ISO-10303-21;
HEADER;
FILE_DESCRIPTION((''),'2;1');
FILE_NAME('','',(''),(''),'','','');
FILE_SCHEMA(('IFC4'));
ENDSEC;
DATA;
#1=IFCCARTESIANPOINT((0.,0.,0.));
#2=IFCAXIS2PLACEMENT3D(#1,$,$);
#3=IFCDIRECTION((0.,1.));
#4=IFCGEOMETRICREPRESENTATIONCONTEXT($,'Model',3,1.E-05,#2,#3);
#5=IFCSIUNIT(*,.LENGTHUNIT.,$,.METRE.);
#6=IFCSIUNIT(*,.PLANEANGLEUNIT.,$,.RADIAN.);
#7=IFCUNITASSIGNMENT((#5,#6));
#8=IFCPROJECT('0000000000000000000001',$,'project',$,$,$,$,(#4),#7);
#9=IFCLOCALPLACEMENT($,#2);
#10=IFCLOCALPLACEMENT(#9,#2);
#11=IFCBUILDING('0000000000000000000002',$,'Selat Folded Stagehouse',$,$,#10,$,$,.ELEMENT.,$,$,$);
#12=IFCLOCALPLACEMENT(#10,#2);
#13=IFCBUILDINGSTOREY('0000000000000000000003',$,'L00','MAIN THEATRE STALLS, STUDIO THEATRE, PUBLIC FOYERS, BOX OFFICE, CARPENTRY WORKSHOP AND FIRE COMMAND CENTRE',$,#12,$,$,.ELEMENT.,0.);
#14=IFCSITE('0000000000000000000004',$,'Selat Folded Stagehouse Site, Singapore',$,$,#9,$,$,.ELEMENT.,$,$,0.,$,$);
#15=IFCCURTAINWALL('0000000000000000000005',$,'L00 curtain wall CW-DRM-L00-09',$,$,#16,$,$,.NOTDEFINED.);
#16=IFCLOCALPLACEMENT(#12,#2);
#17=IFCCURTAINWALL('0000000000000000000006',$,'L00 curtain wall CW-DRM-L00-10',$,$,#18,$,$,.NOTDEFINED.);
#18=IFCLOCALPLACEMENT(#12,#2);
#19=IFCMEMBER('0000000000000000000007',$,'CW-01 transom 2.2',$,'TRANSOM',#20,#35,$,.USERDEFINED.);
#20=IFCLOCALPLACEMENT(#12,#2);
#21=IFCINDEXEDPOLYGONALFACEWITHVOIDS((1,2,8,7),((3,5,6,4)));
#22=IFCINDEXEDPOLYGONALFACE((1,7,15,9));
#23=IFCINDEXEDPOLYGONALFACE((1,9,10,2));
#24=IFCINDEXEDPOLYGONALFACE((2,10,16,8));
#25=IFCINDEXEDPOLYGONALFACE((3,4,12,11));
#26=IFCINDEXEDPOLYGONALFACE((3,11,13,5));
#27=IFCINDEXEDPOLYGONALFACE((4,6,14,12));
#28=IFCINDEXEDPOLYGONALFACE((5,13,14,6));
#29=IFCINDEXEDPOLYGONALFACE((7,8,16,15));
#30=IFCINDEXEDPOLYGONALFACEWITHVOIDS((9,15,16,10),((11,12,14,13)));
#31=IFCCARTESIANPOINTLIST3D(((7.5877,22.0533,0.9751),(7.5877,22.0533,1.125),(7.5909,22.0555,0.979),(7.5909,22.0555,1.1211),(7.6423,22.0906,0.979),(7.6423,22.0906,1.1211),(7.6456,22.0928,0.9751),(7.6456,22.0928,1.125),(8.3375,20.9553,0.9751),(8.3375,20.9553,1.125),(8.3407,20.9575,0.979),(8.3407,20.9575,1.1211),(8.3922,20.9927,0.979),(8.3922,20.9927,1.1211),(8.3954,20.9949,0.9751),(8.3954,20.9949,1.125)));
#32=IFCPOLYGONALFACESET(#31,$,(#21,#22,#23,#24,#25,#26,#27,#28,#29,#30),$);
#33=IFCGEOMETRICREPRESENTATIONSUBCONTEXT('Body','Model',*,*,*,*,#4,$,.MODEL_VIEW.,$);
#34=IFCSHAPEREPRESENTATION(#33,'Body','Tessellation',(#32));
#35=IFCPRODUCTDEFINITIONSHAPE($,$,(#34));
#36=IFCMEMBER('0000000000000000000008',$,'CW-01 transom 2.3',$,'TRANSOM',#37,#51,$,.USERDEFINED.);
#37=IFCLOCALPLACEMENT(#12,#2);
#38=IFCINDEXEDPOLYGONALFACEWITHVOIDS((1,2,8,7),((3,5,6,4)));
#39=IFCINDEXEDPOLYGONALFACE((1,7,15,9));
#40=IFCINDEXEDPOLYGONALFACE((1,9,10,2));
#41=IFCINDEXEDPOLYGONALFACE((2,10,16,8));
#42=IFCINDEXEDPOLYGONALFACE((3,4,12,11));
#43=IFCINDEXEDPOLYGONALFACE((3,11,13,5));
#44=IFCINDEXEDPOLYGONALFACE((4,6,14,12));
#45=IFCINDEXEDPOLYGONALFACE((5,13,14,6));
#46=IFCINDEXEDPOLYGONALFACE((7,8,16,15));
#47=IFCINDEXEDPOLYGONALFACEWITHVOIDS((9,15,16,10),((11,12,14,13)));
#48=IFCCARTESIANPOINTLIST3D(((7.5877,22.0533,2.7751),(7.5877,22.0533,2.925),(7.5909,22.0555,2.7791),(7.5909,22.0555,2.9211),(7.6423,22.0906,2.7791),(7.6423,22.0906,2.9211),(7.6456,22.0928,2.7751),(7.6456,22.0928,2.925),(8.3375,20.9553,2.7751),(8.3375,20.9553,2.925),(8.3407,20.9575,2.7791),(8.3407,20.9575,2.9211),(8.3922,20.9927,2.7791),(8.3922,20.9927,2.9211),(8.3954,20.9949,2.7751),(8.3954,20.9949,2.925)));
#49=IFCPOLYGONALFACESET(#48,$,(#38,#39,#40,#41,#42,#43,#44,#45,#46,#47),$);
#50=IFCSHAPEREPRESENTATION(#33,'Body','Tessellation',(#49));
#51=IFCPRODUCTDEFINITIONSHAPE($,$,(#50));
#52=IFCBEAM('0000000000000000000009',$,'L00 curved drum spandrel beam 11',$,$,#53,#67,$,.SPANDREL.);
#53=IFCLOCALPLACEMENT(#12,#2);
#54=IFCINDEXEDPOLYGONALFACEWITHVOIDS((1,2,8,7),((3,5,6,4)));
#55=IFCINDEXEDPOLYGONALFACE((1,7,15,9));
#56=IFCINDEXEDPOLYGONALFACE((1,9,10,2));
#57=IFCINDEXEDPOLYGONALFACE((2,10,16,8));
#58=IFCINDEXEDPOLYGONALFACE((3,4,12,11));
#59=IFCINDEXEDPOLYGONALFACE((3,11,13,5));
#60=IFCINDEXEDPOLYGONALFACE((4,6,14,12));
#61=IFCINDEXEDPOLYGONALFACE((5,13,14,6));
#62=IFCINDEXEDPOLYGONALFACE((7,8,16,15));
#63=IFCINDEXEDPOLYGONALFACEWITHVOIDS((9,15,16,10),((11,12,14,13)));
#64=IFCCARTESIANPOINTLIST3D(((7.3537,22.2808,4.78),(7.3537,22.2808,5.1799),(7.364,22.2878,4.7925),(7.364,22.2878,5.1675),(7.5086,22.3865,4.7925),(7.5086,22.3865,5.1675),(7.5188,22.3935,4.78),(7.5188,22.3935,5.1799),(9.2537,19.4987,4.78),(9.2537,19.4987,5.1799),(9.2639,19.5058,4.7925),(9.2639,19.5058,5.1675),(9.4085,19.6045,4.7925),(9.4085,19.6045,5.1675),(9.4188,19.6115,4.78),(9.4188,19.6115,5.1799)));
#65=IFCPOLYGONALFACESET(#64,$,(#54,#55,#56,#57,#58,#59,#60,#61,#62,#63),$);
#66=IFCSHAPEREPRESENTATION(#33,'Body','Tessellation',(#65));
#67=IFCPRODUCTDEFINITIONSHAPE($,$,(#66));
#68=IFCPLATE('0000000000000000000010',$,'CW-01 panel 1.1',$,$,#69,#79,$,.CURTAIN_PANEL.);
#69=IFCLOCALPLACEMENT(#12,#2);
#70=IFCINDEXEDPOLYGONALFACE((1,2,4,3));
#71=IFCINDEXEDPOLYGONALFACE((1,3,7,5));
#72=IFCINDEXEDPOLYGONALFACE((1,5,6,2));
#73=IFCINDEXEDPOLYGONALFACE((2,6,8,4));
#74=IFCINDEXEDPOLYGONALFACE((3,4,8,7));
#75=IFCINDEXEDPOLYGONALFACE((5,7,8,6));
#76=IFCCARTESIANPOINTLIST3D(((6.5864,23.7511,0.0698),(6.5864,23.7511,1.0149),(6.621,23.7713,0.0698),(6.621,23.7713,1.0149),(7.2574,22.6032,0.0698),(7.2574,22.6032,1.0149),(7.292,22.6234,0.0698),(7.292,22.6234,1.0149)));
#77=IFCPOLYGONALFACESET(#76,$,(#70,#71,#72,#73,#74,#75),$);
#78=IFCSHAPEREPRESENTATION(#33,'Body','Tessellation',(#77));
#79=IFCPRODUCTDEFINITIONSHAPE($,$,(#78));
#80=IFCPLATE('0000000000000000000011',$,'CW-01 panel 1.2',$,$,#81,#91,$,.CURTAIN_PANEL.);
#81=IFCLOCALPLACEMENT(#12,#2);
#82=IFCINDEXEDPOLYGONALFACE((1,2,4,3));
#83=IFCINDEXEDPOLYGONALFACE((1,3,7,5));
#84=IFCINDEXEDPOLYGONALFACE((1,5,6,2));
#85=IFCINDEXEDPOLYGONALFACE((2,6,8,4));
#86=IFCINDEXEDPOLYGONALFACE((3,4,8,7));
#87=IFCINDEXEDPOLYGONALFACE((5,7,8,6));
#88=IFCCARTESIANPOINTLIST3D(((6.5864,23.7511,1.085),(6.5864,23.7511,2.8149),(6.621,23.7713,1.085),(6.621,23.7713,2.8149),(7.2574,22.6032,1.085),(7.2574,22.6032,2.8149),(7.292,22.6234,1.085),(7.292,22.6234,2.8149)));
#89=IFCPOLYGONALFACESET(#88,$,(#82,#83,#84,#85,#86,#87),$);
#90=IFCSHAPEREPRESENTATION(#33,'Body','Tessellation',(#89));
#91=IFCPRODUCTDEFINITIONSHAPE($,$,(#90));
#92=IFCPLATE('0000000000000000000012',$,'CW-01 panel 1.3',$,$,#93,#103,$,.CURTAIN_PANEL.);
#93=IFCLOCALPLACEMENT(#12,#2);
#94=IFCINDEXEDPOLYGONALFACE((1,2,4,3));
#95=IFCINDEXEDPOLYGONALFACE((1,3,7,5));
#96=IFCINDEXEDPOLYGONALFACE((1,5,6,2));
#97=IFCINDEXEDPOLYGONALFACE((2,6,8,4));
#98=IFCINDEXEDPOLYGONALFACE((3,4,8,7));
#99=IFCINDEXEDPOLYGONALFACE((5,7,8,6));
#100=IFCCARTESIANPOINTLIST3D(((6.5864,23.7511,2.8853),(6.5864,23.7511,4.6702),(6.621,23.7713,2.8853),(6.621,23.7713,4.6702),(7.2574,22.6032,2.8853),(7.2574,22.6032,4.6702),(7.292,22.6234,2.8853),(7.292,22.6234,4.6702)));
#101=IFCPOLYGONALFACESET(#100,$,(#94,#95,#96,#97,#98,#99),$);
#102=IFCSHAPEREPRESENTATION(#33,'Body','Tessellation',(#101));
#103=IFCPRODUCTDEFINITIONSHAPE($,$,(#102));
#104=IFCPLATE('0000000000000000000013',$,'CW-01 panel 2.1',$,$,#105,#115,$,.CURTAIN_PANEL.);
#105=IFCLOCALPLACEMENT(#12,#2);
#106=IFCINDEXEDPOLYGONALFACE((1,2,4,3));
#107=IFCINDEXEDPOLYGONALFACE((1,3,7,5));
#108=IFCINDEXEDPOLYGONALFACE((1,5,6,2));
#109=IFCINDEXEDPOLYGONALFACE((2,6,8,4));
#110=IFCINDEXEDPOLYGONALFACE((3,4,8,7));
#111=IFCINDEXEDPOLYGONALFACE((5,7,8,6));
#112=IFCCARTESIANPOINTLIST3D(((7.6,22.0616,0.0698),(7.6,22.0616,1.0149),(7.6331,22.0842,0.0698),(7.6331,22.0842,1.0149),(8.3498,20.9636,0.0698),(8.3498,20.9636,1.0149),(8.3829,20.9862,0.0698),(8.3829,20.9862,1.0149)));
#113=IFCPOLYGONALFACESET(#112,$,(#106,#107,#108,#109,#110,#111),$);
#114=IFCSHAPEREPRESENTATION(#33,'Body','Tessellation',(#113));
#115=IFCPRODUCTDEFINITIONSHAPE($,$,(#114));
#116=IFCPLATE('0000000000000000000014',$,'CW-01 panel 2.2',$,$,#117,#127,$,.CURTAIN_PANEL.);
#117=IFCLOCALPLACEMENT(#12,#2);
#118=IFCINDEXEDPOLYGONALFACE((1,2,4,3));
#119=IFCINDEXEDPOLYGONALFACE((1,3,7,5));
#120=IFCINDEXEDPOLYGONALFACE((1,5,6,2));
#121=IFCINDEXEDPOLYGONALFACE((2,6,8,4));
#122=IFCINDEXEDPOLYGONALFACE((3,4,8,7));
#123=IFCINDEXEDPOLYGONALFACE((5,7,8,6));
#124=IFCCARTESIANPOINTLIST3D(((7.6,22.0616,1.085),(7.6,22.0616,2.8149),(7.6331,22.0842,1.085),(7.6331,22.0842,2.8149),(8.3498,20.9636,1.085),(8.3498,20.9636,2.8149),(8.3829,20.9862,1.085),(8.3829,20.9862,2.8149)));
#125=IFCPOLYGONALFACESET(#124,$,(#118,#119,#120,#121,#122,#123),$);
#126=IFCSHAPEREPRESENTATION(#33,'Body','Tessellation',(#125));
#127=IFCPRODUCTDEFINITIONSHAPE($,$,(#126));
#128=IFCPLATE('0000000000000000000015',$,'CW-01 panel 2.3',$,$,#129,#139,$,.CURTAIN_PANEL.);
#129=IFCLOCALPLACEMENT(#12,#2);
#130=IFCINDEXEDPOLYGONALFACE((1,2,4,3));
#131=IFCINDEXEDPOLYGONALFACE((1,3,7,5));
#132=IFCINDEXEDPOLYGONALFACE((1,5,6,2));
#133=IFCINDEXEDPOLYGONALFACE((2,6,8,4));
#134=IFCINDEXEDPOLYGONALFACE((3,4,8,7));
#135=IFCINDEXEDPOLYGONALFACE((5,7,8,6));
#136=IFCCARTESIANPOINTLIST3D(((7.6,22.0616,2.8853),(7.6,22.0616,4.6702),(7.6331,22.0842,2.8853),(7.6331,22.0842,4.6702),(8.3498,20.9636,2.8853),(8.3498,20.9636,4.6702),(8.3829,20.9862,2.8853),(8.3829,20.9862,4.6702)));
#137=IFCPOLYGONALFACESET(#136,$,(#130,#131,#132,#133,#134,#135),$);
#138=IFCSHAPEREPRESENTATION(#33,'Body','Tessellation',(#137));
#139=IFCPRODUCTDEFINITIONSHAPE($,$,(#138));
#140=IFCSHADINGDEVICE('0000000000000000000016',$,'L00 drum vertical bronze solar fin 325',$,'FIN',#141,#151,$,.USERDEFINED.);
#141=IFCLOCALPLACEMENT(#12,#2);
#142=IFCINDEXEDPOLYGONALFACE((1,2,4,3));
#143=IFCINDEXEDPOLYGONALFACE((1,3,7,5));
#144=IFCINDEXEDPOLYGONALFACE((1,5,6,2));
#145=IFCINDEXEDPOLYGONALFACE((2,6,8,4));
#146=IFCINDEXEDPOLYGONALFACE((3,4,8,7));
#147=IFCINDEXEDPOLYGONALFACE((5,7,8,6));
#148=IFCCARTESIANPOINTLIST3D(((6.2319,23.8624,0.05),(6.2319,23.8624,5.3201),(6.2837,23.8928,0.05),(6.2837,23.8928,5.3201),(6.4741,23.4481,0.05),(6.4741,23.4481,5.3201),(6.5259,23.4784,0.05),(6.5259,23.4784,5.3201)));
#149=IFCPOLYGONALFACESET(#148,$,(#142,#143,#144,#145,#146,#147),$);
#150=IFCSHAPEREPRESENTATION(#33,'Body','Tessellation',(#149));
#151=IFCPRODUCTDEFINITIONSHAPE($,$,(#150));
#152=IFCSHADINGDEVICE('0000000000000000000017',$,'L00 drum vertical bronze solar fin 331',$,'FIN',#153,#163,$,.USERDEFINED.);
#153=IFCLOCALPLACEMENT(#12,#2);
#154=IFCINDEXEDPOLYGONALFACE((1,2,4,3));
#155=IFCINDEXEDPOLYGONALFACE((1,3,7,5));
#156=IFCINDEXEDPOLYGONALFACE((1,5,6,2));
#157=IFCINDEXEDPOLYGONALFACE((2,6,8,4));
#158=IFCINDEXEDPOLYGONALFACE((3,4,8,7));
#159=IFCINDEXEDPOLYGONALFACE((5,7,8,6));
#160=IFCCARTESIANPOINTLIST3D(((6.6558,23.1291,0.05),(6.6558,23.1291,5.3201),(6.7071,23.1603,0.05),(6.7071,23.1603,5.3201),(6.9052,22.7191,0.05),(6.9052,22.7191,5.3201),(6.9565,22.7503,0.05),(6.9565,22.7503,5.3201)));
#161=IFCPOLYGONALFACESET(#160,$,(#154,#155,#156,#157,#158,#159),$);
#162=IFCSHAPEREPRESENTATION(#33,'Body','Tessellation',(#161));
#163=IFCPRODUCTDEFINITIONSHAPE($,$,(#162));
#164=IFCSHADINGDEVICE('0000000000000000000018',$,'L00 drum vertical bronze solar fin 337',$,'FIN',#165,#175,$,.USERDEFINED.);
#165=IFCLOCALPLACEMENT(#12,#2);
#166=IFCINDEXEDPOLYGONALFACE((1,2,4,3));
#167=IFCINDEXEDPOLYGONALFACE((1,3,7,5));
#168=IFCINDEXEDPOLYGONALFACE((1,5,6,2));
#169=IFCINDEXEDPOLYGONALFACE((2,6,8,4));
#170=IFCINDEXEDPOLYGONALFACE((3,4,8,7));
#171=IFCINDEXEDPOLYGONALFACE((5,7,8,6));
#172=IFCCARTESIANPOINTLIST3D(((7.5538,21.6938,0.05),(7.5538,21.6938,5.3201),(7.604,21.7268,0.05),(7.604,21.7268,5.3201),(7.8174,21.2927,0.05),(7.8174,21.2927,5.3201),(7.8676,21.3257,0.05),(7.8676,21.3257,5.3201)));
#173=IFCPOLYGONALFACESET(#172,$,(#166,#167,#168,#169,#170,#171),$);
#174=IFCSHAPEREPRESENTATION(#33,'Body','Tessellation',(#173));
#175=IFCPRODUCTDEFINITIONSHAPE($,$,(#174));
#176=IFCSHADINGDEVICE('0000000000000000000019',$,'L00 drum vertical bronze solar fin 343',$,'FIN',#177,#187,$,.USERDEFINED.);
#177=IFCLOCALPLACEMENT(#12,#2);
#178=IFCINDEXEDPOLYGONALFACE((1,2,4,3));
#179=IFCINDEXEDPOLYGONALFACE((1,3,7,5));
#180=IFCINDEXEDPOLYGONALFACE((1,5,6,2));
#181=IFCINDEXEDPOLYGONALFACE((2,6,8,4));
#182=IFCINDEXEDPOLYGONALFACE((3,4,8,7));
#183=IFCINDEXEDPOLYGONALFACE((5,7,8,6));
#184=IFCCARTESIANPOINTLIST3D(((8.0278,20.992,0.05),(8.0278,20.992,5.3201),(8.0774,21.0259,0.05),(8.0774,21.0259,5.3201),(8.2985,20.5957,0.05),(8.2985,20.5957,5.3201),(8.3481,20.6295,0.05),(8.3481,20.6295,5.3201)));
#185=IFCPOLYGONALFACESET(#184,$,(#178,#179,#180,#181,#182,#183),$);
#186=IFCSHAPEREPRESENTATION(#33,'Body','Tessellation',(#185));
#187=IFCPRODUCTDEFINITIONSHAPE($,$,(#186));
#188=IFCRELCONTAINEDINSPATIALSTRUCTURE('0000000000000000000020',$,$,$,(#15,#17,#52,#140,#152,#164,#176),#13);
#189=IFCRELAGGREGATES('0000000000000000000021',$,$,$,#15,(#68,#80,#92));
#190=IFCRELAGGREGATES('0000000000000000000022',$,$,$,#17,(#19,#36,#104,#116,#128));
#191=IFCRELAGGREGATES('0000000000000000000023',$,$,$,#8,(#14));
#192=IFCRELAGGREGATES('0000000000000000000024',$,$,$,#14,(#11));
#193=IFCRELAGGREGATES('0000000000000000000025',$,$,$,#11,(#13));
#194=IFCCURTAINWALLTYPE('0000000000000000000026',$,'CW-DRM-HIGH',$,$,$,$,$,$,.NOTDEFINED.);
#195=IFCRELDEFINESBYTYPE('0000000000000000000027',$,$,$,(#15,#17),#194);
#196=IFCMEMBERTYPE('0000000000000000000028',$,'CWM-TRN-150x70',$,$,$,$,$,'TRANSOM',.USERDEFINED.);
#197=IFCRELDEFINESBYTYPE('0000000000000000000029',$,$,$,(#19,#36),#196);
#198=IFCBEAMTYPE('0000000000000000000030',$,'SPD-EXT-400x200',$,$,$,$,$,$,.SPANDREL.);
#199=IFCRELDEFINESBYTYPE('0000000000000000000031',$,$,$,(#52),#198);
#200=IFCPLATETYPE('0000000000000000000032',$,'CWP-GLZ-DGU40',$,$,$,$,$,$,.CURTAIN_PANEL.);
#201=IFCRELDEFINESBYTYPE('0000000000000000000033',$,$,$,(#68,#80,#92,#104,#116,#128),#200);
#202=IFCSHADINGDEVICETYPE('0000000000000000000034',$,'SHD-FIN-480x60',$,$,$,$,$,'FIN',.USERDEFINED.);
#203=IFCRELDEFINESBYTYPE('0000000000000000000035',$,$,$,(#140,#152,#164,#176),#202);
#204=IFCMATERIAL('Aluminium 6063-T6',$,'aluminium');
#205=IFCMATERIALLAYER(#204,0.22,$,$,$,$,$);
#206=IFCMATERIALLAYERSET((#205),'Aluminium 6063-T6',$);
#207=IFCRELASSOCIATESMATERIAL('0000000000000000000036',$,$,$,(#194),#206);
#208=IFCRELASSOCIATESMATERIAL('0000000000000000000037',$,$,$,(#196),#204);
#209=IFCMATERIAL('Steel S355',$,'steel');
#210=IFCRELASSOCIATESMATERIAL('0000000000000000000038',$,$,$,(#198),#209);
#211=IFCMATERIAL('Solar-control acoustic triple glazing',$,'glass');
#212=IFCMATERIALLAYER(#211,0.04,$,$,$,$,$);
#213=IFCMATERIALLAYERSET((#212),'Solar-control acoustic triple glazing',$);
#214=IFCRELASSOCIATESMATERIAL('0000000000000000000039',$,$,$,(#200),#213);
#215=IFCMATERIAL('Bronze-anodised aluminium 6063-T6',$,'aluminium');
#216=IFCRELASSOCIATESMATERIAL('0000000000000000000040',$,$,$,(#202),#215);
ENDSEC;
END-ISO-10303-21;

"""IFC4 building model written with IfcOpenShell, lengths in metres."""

from ifc_helpers import new_model, si_unit, direction, frame, origin, origin_2d, place, context, subcontext, project, spatial, rectangle, hollow_rectangle, extrude, material, layer, layer_set, material_profile, profile_set, type_object, element, aggregate, save


model = new_model("IFC4")

# Units and contexts
model_context = context("Model", 3, precision=1e-05, world=origin(), true_north=direction((0.0, 1.0)))
body_context = subcontext(model_context, "Body", "Model", "MODEL_VIEW")
ifc_project = project(units=[si_unit("LENGTHUNIT", "METRE"), si_unit("PLANEANGLEUNIT", "RADIAN")], contexts=[model_context])

# Site, building, storey
site_placement = place(None, origin())
site = spatial("IfcSite", under=ifc_project, at=site_placement, Name="Selat Folded Stagehouse Site, Singapore", CompositionType="ELEMENT", RefElevation=0.0)
building_placement = place(site_placement, origin())
building = spatial("IfcBuilding", under=site, at=building_placement, Name="Selat Folded Stagehouse", CompositionType="ELEMENT")
storey_placement = place(building_placement, origin())
storey = spatial("IfcBuildingStorey", under=building, at=storey_placement, Name="L00", Description="MAIN THEATRE STALLS, STUDIO THEATRE, PUBLIC FOYERS, BOX OFFICE, CARPENTRY WORKSHOP AND FIRE COMMAND CENTRE", CompositionType="ELEMENT", Elevation=0.0)

# Curtain wall
ifc_material_1 = material(Name="Aluminium 6063-T6", Category="aluminium")
ifc_layer_1 = layer(ifc_material_1, 0.22)
ifc_layer_set_1 = layer_set([ifc_layer_1], Name="Aluminium 6063-T6")
curtain_wall_type = type_object("IfcCurtainWallType", Name="CW-DRM-HIGH", PredefinedType="NOTDEFINED", material=ifc_layer_set_1)
curtain_wall_1_placement = place(storey_placement, origin())
curtain_wall_1 = element("IfcCurtainWall", 1, at=curtain_wall_1_placement, inside=storey, type_object=curtain_wall_type, Name="L00 curtain wall CW-DRM-L00-09", PredefinedType="NOTDEFINED")

# Curtain wall
curtain_wall_2_placement = place(storey_placement, origin())
curtain_wall_2 = element("IfcCurtainWall", 2, at=curtain_wall_2_placement, inside=storey, type_object=curtain_wall_type, Name="L00 curtain wall CW-DRM-L00-10", PredefinedType="NOTDEFINED")

# Members
ifc_material_profile_1 = material_profile(ifc_material_1, hollow_rectangle(XDim=0.0701, YDim=0.1499, WallThickness=0.0039, at=origin_2d()), Name="ALU 150x70x4.0")
ifc_profile_set_1 = profile_set([ifc_material_profile_1], Name="Aluminium 6063-T6")
member_type_1 = type_object("IfcMemberType", Name="CWM-TRN-150x70", ElementType="TRANSOM", PredefinedType="USERDEFINED", material=ifc_profile_set_1)
member_1_placement = place(storey_placement, frame((8.3665, 20.9751, 1.05), z_axis=(-0.563946, 0.825811, 0.0), x_axis=(-0.825811, -0.563946, 0.0)))
member_1 = element("IfcMember", 3, at=member_1_placement, type_object=member_type_1, Name="CW-01 transom 2.2", ObjectType="TRANSOM", PredefinedType="USERDEFINED", context=body_context, shape_type="SweptSolid", body=[
    extrude(hollow_rectangle(XDim=0.0701, YDim=0.1499, WallThickness=0.0039, at=origin_2d()), origin(), (0.0, 0.0, 1.0), 1.3296),
])
member_2_placement = place(storey_placement, frame((8.3665, 20.9751, 2.8501), z_axis=(-0.563946, 0.825811, 0.0), x_axis=(-0.825811, -0.563946, 0.0)))
member_2 = element("IfcMember", 4, at=member_2_placement, type_object=member_type_1, Name="CW-01 transom 2.3", ObjectType="TRANSOM", PredefinedType="USERDEFINED", context=body_context, shape_type="SweptSolid", body=[
    extrude(hollow_rectangle(XDim=0.0701, YDim=0.1499, WallThickness=0.0039, at=origin_2d()), origin(), (0.0, 0.0, 1.0), 1.3296),
])

# Beam
ifc_material_2 = material(Name="Steel S355", Category="steel")
ifc_material_profile_2 = material_profile(ifc_material_2, hollow_rectangle(XDim=0.2, YDim=0.3999, WallThickness=0.0125, at=origin_2d()), Name="RHS 400x200x12.5")
ifc_profile_set_2 = profile_set([ifc_material_profile_2], Name="Steel S355")
beam_type = type_object("IfcBeamType", Name="SPD-EXT-400x200", PredefinedType="SPANDREL", material=ifc_profile_set_2)
beam_placement = place(storey_placement, frame((7.4363, 22.3372, 4.98), z_axis=(0.563964, -0.825799, 0.0), x_axis=(0.825799, 0.563964, 0.0)))
element("IfcBeam", 5, at=beam_placement, inside=storey, type_object=beam_type, Name="L00 curved drum spandrel beam 11", PredefinedType="SPANDREL", context=body_context, shape_type="SweptSolid", body=[
    extrude(hollow_rectangle(XDim=0.2, YDim=0.3999, WallThickness=0.0125, at=origin_2d()), origin(), (0.0, 0.0, 1.0), 3.3689),
])

# Plates
ifc_material_3 = material(Name="Solar-control acoustic triple glazing", Category="glass")
ifc_layer_2 = layer(ifc_material_3, 0.04)
ifc_layer_set_2 = layer_set([ifc_layer_2], Name="Solar-control acoustic triple glazing")
plate_type = type_object("IfcPlateType", Name="CWP-GLZ-DGU40", PredefinedType="CURTAIN_PANEL", material=ifc_layer_set_2)
plate_1_placement = place(storey_placement, frame((6.9392, 23.1873, 0.0698), z_axis=(0.0, 0.0, 1.0), x_axis=(-0.504636, 0.863332, 0.0)))
plate_1 = element("IfcPlate", 6, at=plate_1_placement, type_object=plate_type, Name="CW-01 panel 1.1", PredefinedType="CURTAIN_PANEL", context=body_context, shape_type="SweptSolid", body=[
    extrude(rectangle(XDim=1.3296, YDim=0.04, at=origin_2d()), origin(), (0.0, 0.0, 1.0), 0.9451),
])
plate_2_placement = place(storey_placement, frame((6.9392, 23.1873, 1.085), z_axis=(0.0, 0.0, 1.0), x_axis=(-0.504636, 0.863332, 0.0)))
plate_2 = element("IfcPlate", 7, at=plate_2_placement, type_object=plate_type, Name="CW-01 panel 1.2", PredefinedType="CURTAIN_PANEL", context=body_context, shape_type="SweptSolid", body=[
    extrude(rectangle(XDim=1.3296, YDim=0.04, at=origin_2d()), origin(), (0.0, 0.0, 1.0), 1.73),
])
plate_3_placement = place(storey_placement, frame((6.9392, 23.1873, 2.8853), z_axis=(0.0, 0.0, 1.0), x_axis=(-0.504636, 0.863332, 0.0)))
plate_3 = element("IfcPlate", 8, at=plate_3_placement, type_object=plate_type, Name="CW-01 panel 1.3", PredefinedType="CURTAIN_PANEL", context=body_context, shape_type="SweptSolid", body=[
    extrude(rectangle(XDim=1.3296, YDim=0.04, at=origin_2d()), origin(), (0.0, 0.0, 1.0), 1.7849),
])
aggregate(curtain_wall_1, [plate_1, plate_2, plate_3])
plate_4_placement = place(storey_placement, frame((7.9915, 21.5239, 0.0698), z_axis=(0.0, 0.0, 1.0), x_axis=(-0.563948, 0.82581, 0.0)))
plate_4 = element("IfcPlate", 9, at=plate_4_placement, type_object=plate_type, Name="CW-01 panel 2.1", PredefinedType="CURTAIN_PANEL", context=body_context, shape_type="SweptSolid", body=[
    extrude(rectangle(XDim=1.3296, YDim=0.04, at=origin_2d()), origin(), (0.0, 0.0, 1.0), 0.9451),
])
plate_5_placement = place(storey_placement, frame((7.9915, 21.5239, 1.085), z_axis=(0.0, 0.0, 1.0), x_axis=(-0.563948, 0.82581, 0.0)))
plate_5 = element("IfcPlate", 10, at=plate_5_placement, type_object=plate_type, Name="CW-01 panel 2.2", PredefinedType="CURTAIN_PANEL", context=body_context, shape_type="SweptSolid", body=[
    extrude(rectangle(XDim=1.3296, YDim=0.04, at=origin_2d()), origin(), (0.0, 0.0, 1.0), 1.73),
])
plate_6_placement = place(storey_placement, frame((7.9915, 21.5239, 2.8853), z_axis=(0.0, 0.0, 1.0), x_axis=(-0.563948, 0.82581, 0.0)))
plate_6 = element("IfcPlate", 11, at=plate_6_placement, type_object=plate_type, Name="CW-01 panel 2.3", PredefinedType="CURTAIN_PANEL", context=body_context, shape_type="SweptSolid", body=[
    extrude(rectangle(XDim=1.3296, YDim=0.04, at=origin_2d()), origin(), (0.0, 0.0, 1.0), 1.7849),
])
aggregate(curtain_wall_2, [member_1, member_2, plate_4, plate_5, plate_6])

# Shading devices
ifc_material_4 = material(Name="Bronze-anodised aluminium 6063-T6", Category="aluminium")
ifc_material_profile_3 = material_profile(ifc_material_4, rectangle(XDim=0.0601, YDim=0.48, at=origin_2d()), Name="SOLAR-FIN 480x60")
ifc_profile_set_3 = profile_set([ifc_material_profile_3], Name="Bronze-anodised aluminium 6063-T6")
shading_device_type = type_object("IfcShadingDeviceType", Name="SHD-FIN-480x60", ElementType="FIN", PredefinedType="USERDEFINED", material=ifc_profile_set_3)
for number, where, z_axis, x_axis, name in (
    (12, (6.3789, 23.6704, 0.05), (0.0, 0.0, 1.0), (-0.863307, -0.504678, 0.0), "L00 drum vertical bronze solar fin 325"),
    (13, (6.8062, 22.9397, 0.05), (0.0, 0.0, 1.0), (-0.854368, -0.519668, 0.0), "L00 drum vertical bronze solar fin 331"),
    (14, (7.7107, 21.5098, 0.05), (0.0, 0.0, 1.0), (-0.835616, -0.549315, 0.0), "L00 drum vertical bronze solar fin 337"),
    (15, (8.188, 20.8108, 0.05), (0.0, 0.0, 1.0), (-0.825803, -0.563959, 0.0), "L00 drum vertical bronze solar fin 343"),
):
    element("IfcShadingDevice", number, at=place(storey_placement, frame(where, z_axis=z_axis, x_axis=x_axis)), inside=storey, type_object=shading_device_type, Name=name, ObjectType="FIN", PredefinedType="USERDEFINED", context=body_context, shape_type="SweptSolid", body=[
        extrude(rectangle(XDim=0.0601, YDim=0.48, at=origin_2d()), origin(), (0.0, 0.0, 1.0), 5.27),
    ])

save(model, "model.ifc")
